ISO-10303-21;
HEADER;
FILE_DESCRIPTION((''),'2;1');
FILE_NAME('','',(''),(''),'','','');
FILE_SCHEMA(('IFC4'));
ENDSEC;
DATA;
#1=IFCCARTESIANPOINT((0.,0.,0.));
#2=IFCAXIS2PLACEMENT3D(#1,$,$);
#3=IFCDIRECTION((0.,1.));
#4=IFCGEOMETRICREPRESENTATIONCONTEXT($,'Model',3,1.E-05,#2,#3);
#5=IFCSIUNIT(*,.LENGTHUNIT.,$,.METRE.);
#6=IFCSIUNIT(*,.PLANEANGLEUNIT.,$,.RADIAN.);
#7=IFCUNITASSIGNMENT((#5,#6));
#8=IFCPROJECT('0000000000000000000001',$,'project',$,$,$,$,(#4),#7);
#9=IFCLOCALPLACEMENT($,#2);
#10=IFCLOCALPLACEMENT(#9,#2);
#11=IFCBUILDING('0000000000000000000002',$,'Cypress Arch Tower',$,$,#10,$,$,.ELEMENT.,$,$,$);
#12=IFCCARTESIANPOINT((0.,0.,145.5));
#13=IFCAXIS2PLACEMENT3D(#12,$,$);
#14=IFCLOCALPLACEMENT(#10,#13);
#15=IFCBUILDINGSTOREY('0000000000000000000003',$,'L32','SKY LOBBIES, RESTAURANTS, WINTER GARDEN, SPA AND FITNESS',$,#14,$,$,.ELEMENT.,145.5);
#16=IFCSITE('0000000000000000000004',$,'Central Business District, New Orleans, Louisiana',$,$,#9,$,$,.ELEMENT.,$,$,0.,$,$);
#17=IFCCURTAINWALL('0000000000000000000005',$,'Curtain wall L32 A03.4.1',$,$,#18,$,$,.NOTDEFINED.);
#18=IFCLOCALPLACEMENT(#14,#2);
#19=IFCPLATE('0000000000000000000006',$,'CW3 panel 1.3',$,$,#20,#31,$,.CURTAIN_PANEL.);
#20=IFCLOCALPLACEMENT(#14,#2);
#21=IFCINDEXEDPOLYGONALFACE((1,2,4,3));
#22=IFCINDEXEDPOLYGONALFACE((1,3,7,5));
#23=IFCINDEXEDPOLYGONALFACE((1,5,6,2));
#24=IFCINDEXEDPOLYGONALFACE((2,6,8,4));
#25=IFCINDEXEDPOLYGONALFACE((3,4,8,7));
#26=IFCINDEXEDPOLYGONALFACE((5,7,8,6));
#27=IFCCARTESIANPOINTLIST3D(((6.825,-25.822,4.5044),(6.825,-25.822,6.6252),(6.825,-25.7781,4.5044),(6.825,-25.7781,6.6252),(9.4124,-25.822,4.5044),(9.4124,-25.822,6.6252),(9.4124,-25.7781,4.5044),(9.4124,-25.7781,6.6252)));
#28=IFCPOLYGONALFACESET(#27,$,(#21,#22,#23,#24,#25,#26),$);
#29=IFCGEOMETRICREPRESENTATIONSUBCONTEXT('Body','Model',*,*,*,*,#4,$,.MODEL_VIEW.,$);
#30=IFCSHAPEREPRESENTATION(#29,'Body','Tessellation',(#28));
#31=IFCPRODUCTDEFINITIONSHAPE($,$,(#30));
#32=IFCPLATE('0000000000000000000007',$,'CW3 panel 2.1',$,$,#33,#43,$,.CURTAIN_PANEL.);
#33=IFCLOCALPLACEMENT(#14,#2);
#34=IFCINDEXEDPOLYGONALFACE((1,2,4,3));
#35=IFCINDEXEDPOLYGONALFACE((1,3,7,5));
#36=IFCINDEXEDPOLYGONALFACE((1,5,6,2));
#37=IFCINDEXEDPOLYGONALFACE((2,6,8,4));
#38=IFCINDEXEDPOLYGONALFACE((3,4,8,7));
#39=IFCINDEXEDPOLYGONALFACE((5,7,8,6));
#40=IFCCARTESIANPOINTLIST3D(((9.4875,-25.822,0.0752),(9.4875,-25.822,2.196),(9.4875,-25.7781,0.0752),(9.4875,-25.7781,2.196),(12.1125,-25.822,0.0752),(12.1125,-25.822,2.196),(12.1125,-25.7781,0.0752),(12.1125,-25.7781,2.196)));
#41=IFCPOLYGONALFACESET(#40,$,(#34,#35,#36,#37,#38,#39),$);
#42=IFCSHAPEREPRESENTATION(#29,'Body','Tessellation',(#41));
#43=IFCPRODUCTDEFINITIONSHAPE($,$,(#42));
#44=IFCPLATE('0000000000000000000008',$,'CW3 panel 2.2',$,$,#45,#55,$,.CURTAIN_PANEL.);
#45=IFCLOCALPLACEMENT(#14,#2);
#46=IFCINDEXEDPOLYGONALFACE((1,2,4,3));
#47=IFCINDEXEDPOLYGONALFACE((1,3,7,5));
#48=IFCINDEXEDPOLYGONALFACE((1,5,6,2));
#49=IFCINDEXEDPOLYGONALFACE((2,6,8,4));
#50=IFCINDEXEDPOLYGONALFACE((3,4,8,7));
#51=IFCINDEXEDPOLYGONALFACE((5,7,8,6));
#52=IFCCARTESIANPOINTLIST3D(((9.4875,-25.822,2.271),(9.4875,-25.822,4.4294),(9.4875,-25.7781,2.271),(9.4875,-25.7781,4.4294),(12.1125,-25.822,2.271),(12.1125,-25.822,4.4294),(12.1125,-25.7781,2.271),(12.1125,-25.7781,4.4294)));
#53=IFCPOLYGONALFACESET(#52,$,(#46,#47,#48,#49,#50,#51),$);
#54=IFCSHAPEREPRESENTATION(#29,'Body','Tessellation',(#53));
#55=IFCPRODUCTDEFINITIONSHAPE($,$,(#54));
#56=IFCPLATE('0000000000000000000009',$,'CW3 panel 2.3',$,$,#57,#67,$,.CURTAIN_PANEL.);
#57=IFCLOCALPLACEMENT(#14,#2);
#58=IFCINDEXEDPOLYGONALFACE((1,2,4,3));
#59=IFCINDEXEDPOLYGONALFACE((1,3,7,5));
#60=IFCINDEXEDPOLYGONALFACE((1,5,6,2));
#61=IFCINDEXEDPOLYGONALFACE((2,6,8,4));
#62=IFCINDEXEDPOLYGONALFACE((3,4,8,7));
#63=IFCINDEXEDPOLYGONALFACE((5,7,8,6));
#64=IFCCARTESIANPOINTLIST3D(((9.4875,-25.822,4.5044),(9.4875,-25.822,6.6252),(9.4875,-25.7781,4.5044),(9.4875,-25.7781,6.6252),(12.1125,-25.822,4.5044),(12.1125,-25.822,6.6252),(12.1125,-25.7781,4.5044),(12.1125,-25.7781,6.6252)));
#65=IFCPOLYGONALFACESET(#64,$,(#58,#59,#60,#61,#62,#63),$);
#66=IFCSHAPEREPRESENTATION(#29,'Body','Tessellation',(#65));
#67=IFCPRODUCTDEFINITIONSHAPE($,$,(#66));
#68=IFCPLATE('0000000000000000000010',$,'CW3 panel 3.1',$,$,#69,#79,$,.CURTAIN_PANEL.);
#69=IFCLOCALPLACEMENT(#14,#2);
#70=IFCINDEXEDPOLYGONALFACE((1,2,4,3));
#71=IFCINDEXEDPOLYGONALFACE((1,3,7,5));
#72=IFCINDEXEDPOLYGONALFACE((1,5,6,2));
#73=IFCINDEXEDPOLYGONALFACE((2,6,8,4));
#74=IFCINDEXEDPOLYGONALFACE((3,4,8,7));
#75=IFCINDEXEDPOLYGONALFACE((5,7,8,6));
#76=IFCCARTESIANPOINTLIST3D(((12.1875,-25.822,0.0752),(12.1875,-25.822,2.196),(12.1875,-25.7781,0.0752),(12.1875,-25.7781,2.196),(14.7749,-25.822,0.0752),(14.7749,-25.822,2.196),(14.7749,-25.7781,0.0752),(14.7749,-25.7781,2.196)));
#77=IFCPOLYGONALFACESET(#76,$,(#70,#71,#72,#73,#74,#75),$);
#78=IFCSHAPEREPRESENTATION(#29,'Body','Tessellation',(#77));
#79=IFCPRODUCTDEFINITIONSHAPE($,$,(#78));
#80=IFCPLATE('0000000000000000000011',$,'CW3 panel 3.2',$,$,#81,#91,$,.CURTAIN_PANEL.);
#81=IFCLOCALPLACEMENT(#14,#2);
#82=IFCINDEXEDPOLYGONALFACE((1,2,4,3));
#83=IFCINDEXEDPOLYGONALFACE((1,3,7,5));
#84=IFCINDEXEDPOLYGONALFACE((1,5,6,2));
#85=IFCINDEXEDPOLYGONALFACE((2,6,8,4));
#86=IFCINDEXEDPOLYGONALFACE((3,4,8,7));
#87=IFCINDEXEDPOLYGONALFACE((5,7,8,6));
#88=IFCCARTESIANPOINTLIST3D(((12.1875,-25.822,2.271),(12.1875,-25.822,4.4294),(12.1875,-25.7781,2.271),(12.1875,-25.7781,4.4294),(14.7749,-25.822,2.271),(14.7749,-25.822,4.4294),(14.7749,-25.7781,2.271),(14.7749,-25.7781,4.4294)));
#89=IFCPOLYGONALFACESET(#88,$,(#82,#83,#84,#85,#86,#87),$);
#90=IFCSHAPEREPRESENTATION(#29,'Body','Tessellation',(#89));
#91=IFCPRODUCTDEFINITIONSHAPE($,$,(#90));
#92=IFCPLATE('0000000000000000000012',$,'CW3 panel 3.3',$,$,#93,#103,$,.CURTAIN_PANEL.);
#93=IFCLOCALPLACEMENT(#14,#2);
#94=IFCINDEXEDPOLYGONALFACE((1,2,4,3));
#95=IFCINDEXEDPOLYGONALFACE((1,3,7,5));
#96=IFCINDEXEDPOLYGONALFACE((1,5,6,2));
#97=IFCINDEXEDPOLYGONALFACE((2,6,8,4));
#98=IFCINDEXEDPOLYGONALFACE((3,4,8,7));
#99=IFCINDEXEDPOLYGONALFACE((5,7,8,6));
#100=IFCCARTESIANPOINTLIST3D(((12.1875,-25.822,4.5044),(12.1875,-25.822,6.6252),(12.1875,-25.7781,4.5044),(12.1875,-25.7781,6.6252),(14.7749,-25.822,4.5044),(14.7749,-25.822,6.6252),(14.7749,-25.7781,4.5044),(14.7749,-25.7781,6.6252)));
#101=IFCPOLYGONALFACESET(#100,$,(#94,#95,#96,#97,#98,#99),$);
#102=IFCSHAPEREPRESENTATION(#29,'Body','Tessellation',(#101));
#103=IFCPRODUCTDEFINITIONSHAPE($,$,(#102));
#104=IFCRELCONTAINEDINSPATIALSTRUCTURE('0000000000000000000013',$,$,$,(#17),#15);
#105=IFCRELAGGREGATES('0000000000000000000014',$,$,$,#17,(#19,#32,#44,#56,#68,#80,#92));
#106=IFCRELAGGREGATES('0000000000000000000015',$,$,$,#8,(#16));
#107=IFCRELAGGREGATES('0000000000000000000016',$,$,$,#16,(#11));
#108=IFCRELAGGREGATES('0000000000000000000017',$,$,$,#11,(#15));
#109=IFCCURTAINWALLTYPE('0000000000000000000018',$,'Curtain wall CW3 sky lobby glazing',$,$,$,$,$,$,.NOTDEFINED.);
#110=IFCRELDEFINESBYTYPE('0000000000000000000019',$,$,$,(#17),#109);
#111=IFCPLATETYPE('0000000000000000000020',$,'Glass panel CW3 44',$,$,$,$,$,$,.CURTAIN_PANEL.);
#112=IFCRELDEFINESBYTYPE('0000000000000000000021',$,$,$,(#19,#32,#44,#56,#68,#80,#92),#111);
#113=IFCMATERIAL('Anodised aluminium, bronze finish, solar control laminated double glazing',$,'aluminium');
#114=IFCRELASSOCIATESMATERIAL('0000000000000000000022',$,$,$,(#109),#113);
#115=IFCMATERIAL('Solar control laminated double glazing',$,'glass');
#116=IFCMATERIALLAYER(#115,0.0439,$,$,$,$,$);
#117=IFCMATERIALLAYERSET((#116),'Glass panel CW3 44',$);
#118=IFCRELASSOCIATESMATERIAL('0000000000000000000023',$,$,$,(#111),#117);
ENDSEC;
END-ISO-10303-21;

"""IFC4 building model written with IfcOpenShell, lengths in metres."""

from ifc_helpers import new_model, si_unit, direction, frame, origin, origin_2d, place, context, subcontext, project, spatial, rectangle, extrude, material, layer, layer_set, type_object, element, aggregate, save


model = new_model("IFC4")

# Units and contexts
model_context = context("Model", 3, precision=1e-05, world=origin(), true_north=direction((0.0, 1.0)))
body_context = subcontext(model_context, "Body", "Model", "MODEL_VIEW")
ifc_project = project(units=[si_unit("LENGTHUNIT", "METRE"), si_unit("PLANEANGLEUNIT", "RADIAN")], contexts=[model_context])

# Site, building, storey
site_placement = place(None, origin())
site = spatial("IfcSite", under=ifc_project, at=site_placement, Name="Central Business District, New Orleans, Louisiana", CompositionType="ELEMENT", RefElevation=0.0)
building_placement = place(site_placement, origin())
building = spatial("IfcBuilding", under=site, at=building_placement, Name="Cypress Arch Tower", CompositionType="ELEMENT")
storey_placement = place(building_placement, frame((0.0, 0.0, 145.5)))
storey = spatial("IfcBuildingStorey", under=building, at=storey_placement, Name="L32", Description="SKY LOBBIES, RESTAURANTS, WINTER GARDEN, SPA AND FITNESS", CompositionType="ELEMENT", Elevation=145.5)

# Curtain wall, plates
ifc_material_1 = material(Name="Anodised aluminium, bronze finish, solar control laminated double glazing", Category="aluminium")
curtain_wall_type = type_object("IfcCurtainWallType", Name="Curtain wall CW3 sky lobby glazing", PredefinedType="NOTDEFINED", material=ifc_material_1)
curtain_wall_placement = place(storey_placement, origin())
curtain_wall = element("IfcCurtainWall", 1, at=curtain_wall_placement, inside=storey, type_object=curtain_wall_type, Name="Curtain wall L32 A03.4.1", PredefinedType="NOTDEFINED")
ifc_material_2 = material(Name="Solar control laminated double glazing", Category="glass")
ifc_layer = layer(ifc_material_2, 0.0439)
ifc_layer_set = layer_set([ifc_layer], Name="Glass panel CW3 44")
plate_type = type_object("IfcPlateType", Name="Glass panel CW3 44", PredefinedType="CURTAIN_PANEL", material=ifc_layer_set)
plate_1_placement = place(storey_placement, frame((8.1187, -25.8, 4.5044), z_axis=(0.0, 0.0, 1.0), x_axis=(1.0, 0.0, 0.0)))
plate_1 = element("IfcPlate", 2, at=plate_1_placement, type_object=plate_type, Name="CW3 panel 1.3", PredefinedType="CURTAIN_PANEL", context=body_context, shape_type="SweptSolid", body=[
    extrude(rectangle(XDim=2.5874, YDim=0.0439, at=origin_2d()), origin(), (0.0, 0.0, 1.0), 2.1208),
])
plate_2_placement = place(storey_placement, frame((10.8, -25.8, 0.0752), z_axis=(0.0, 0.0, 1.0), x_axis=(1.0, 0.0, 0.0)))
plate_2 = element("IfcPlate", 3, at=plate_2_placement, type_object=plate_type, Name="CW3 panel 2.1", PredefinedType="CURTAIN_PANEL", context=body_context, shape_type="SweptSolid", body=[
    extrude(rectangle(XDim=2.625, YDim=0.0439, at=origin_2d()), origin(), (0.0, 0.0, 1.0), 2.1208),
])
plate_3_placement = place(storey_placement, frame((10.8, -25.8, 2.271), z_axis=(0.0, 0.0, 1.0), x_axis=(1.0, 0.0, 0.0)))
plate_3 = element("IfcPlate", 4, at=plate_3_placement, type_object=plate_type, Name="CW3 panel 2.2", PredefinedType="CURTAIN_PANEL", context=body_context, shape_type="SweptSolid", body=[
    extrude(rectangle(XDim=2.625, YDim=0.0439, at=origin_2d()), origin(), (0.0, 0.0, 1.0), 2.1584),
])
plate_4_placement = place(storey_placement, frame((10.8, -25.8, 4.5044), z_axis=(0.0, 0.0, 1.0), x_axis=(1.0, 0.0, 0.0)))
plate_4 = element("IfcPlate", 5, at=plate_4_placement, type_object=plate_type, Name="CW3 panel 2.3", PredefinedType="CURTAIN_PANEL", context=body_context, shape_type="SweptSolid", body=[
    extrude(rectangle(XDim=2.625, YDim=0.0439, at=origin_2d()), origin(), (0.0, 0.0, 1.0), 2.1208),
])
plate_5_placement = place(storey_placement, frame((13.4812, -25.8, 0.0752), z_axis=(0.0, 0.0, 1.0), x_axis=(1.0, 0.0, 0.0)))
plate_5 = element("IfcPlate", 6, at=plate_5_placement, type_object=plate_type, Name="CW3 panel 3.1", PredefinedType="CURTAIN_PANEL", context=body_context, shape_type="SweptSolid", body=[
    extrude(rectangle(XDim=2.5874, YDim=0.0439, at=origin_2d()), origin(), (0.0, 0.0, 1.0), 2.1208),
])
plate_6_placement = place(storey_placement, frame((13.4812, -25.8, 2.271), z_axis=(0.0, 0.0, 1.0), x_axis=(1.0, 0.0, 0.0)))
plate_6 = element("IfcPlate", 7, at=plate_6_placement, type_object=plate_type, Name="CW3 panel 3.2", PredefinedType="CURTAIN_PANEL", context=body_context, shape_type="SweptSolid", body=[
    extrude(rectangle(XDim=2.5874, YDim=0.0439, at=origin_2d()), origin(), (0.0, 0.0, 1.0), 2.1584),
])
plate_7_placement = place(storey_placement, frame((13.4812, -25.8, 4.5044), z_axis=(0.0, 0.0, 1.0), x_axis=(1.0, 0.0, 0.0)))
plate_7 = element("IfcPlate", 8, at=plate_7_placement, type_object=plate_type, Name="CW3 panel 3.3", PredefinedType="CURTAIN_PANEL", context=body_context, shape_type="SweptSolid", body=[
    extrude(rectangle(XDim=2.5874, YDim=0.0439, at=origin_2d()), origin(), (0.0, 0.0, 1.0), 2.1208),
])
aggregate(curtain_wall, [plate_1, plate_2, plate_3, plate_4, plate_5, plate_6, plate_7])

save(model, "model.ifc")
